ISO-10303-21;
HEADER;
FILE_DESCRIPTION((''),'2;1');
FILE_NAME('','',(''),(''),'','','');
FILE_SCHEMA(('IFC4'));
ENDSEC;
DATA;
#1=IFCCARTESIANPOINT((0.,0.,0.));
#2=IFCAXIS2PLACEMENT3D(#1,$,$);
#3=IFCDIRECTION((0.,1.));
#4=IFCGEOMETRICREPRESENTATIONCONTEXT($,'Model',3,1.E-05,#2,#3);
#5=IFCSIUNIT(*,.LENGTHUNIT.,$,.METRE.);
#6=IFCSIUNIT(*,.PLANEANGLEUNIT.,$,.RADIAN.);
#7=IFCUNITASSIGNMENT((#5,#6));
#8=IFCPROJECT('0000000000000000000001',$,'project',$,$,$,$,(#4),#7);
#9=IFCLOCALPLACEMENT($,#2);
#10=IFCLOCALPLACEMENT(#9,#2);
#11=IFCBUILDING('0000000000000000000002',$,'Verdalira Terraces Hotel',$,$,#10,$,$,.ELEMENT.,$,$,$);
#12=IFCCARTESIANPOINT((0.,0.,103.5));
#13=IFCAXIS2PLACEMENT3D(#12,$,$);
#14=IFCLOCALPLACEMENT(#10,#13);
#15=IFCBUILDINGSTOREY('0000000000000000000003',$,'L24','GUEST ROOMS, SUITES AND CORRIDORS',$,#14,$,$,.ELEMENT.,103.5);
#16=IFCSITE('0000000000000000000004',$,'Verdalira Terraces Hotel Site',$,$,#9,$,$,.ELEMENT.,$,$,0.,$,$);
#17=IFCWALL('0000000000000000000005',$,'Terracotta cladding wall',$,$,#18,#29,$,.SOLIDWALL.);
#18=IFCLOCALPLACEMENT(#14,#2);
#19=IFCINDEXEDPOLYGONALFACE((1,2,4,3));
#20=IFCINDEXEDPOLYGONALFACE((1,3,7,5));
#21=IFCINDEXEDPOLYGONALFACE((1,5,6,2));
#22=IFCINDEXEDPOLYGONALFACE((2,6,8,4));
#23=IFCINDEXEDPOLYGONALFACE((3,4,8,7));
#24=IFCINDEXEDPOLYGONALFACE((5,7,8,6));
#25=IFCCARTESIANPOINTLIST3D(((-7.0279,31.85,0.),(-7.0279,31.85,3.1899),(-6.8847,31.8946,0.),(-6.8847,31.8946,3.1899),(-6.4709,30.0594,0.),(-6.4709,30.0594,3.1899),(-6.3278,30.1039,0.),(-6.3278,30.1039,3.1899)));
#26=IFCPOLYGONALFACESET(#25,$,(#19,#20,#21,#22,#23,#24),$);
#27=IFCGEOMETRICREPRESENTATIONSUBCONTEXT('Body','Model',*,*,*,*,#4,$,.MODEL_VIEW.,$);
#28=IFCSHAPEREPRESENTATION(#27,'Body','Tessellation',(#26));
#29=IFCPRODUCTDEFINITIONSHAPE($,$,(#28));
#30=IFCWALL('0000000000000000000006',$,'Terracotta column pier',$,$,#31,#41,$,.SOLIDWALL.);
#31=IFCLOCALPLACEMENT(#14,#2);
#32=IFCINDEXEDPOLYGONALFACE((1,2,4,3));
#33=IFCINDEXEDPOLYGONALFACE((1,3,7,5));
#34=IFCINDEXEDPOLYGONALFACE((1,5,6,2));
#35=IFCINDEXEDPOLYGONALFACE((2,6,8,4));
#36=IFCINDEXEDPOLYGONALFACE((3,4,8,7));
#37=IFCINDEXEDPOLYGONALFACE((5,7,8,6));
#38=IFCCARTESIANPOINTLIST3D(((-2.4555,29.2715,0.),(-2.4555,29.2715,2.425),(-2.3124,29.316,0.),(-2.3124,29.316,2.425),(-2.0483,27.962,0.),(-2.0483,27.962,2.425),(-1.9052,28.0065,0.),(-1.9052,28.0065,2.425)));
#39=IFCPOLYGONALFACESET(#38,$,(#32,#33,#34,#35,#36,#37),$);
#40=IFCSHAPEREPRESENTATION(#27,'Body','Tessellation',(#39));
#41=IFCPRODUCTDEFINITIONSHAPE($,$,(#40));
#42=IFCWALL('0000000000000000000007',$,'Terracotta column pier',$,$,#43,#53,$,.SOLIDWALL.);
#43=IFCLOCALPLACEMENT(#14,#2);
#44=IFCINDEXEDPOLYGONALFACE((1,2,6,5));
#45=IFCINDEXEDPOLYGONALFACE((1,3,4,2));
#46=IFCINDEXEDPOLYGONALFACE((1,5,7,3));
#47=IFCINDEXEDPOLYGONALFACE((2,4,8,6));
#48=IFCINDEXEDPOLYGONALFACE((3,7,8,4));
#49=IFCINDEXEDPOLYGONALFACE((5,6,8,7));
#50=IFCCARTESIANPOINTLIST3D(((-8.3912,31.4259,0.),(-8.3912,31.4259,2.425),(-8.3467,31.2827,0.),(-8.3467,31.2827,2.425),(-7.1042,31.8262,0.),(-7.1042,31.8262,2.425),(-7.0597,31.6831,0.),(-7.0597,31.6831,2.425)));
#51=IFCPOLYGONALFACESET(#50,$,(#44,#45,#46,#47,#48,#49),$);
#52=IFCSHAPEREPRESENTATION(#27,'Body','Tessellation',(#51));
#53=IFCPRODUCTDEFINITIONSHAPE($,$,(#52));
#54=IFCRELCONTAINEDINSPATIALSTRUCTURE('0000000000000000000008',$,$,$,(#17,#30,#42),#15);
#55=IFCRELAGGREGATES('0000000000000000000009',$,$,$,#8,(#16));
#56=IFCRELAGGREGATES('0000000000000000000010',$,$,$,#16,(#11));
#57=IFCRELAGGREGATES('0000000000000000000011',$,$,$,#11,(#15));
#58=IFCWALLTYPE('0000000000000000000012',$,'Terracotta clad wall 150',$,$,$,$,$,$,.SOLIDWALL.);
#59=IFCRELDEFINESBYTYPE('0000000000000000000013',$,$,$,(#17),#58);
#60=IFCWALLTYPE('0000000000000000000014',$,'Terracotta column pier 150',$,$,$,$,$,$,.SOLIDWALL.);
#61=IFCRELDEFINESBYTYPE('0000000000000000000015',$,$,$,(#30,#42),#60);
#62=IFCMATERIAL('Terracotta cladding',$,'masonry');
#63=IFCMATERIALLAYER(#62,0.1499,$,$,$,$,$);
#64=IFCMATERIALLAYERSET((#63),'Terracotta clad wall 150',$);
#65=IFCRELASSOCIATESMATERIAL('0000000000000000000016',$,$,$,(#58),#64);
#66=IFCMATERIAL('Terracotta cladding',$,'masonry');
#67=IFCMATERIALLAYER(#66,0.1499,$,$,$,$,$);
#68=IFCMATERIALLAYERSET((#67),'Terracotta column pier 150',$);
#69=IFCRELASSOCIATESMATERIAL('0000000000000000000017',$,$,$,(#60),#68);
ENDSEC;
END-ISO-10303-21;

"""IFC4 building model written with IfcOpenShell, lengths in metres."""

from ifc_helpers import new_model, si_unit, direction, frame, frame_2d, origin, place, context, subcontext, project, spatial, rectangle, extrude, material, layer, layer_set, type_object, element, save


model = new_model("IFC4")

# Units and contexts
model_context = context("Model", 3, precision=1e-05, world=origin(), true_north=direction((0.0, 1.0)))
body_context = subcontext(model_context, "Body", "Model", "MODEL_VIEW")
ifc_project = project(units=[si_unit("LENGTHUNIT", "METRE"), si_unit("PLANEANGLEUNIT", "RADIAN")], contexts=[model_context])

# Site, building, storey
site_placement = place(None, origin())
site = spatial("IfcSite", under=ifc_project, at=site_placement, Name="Verdalira Terraces Hotel Site", CompositionType="ELEMENT", RefElevation=0.0)
building_placement = place(site_placement, origin())
building = spatial("IfcBuilding", under=site, at=building_placement, Name="Verdalira Terraces Hotel", CompositionType="ELEMENT")
storey_placement = place(building_placement, frame((0.0, 0.0, 103.5)))
storey = spatial("IfcBuildingStorey", under=building, at=storey_placement, Name="L24", Description="GUEST ROOMS, SUITES AND CORRIDORS", CompositionType="ELEMENT", Elevation=103.5)

# Walls
ifc_material_1 = material(Name="Terracotta cladding", Category="masonry")
ifc_layer_1 = layer(ifc_material_1, 0.1499)
ifc_layer_set_1 = layer_set([ifc_layer_1], Name="Terracotta clad wall 150")
wall_type_1 = type_object("IfcWallType", Name="Terracotta clad wall 150", PredefinedType="SOLIDWALL", material=ifc_layer_set_1)
wall_1_placement = place(storey_placement, frame((-6.3994, 30.0818, 0.0), z_axis=(0.0, 0.0, 1.0), x_axis=(-0.296985, 0.954882, 0.0)))
element("IfcWall", 1, at=wall_1_placement, inside=storey, type_object=wall_type_1, Name="Terracotta cladding wall", PredefinedType="SOLIDWALL", context=body_context, shape_type="SweptSolid", body=[
    extrude(rectangle(XDim=1.8752, YDim=0.1499, at=frame_2d((0.9375, 0.0))), origin(), (0.0, 0.0, 1.0), 3.1899),
])
ifc_material_2 = material(Name="Terracotta cladding", Category="masonry")
ifc_layer_2 = layer(ifc_material_2, 0.1499)
ifc_layer_set_2 = layer_set([ifc_layer_2], Name="Terracotta column pier 150")
wall_type_2 = type_object("IfcWallType", Name="Terracotta column pier 150", PredefinedType="SOLIDWALL", material=ifc_layer_set_2)
wall_2_placement = place(storey_placement, frame((-1.9768, 27.9844, 0.0), z_axis=(0.0, 0.0, 1.0), x_axis=(-0.296937, 0.954897, 0.0)))
element("IfcWall", 2, at=wall_2_placement, inside=storey, type_object=wall_type_2, Name="Terracotta column pier", PredefinedType="SOLIDWALL", context=body_context, shape_type="SweptSolid", body=[
    extrude(rectangle(XDim=1.3713, YDim=0.1499, at=frame_2d((0.6855, 0.0))), origin(), (0.0, 0.0, 1.0), 2.425),
])
wall_3_placement = place(storey_placement, frame((-7.082, 31.7546, 0.0), z_axis=(0.0, 0.0, 1.0), x_axis=(-0.954866, -0.297037, 0.0)))
element("IfcWall", 3, at=wall_3_placement, inside=storey, type_object=wall_type_2, Name="Terracotta column pier", PredefinedType="SOLIDWALL", context=body_context, shape_type="SweptSolid", body=[
    extrude(rectangle(XDim=1.3479, YDim=0.1499, at=frame_2d((0.6738, 0.0))), origin(), (0.0, 0.0, 1.0), 2.425),
])

save(model, "model.ifc")
